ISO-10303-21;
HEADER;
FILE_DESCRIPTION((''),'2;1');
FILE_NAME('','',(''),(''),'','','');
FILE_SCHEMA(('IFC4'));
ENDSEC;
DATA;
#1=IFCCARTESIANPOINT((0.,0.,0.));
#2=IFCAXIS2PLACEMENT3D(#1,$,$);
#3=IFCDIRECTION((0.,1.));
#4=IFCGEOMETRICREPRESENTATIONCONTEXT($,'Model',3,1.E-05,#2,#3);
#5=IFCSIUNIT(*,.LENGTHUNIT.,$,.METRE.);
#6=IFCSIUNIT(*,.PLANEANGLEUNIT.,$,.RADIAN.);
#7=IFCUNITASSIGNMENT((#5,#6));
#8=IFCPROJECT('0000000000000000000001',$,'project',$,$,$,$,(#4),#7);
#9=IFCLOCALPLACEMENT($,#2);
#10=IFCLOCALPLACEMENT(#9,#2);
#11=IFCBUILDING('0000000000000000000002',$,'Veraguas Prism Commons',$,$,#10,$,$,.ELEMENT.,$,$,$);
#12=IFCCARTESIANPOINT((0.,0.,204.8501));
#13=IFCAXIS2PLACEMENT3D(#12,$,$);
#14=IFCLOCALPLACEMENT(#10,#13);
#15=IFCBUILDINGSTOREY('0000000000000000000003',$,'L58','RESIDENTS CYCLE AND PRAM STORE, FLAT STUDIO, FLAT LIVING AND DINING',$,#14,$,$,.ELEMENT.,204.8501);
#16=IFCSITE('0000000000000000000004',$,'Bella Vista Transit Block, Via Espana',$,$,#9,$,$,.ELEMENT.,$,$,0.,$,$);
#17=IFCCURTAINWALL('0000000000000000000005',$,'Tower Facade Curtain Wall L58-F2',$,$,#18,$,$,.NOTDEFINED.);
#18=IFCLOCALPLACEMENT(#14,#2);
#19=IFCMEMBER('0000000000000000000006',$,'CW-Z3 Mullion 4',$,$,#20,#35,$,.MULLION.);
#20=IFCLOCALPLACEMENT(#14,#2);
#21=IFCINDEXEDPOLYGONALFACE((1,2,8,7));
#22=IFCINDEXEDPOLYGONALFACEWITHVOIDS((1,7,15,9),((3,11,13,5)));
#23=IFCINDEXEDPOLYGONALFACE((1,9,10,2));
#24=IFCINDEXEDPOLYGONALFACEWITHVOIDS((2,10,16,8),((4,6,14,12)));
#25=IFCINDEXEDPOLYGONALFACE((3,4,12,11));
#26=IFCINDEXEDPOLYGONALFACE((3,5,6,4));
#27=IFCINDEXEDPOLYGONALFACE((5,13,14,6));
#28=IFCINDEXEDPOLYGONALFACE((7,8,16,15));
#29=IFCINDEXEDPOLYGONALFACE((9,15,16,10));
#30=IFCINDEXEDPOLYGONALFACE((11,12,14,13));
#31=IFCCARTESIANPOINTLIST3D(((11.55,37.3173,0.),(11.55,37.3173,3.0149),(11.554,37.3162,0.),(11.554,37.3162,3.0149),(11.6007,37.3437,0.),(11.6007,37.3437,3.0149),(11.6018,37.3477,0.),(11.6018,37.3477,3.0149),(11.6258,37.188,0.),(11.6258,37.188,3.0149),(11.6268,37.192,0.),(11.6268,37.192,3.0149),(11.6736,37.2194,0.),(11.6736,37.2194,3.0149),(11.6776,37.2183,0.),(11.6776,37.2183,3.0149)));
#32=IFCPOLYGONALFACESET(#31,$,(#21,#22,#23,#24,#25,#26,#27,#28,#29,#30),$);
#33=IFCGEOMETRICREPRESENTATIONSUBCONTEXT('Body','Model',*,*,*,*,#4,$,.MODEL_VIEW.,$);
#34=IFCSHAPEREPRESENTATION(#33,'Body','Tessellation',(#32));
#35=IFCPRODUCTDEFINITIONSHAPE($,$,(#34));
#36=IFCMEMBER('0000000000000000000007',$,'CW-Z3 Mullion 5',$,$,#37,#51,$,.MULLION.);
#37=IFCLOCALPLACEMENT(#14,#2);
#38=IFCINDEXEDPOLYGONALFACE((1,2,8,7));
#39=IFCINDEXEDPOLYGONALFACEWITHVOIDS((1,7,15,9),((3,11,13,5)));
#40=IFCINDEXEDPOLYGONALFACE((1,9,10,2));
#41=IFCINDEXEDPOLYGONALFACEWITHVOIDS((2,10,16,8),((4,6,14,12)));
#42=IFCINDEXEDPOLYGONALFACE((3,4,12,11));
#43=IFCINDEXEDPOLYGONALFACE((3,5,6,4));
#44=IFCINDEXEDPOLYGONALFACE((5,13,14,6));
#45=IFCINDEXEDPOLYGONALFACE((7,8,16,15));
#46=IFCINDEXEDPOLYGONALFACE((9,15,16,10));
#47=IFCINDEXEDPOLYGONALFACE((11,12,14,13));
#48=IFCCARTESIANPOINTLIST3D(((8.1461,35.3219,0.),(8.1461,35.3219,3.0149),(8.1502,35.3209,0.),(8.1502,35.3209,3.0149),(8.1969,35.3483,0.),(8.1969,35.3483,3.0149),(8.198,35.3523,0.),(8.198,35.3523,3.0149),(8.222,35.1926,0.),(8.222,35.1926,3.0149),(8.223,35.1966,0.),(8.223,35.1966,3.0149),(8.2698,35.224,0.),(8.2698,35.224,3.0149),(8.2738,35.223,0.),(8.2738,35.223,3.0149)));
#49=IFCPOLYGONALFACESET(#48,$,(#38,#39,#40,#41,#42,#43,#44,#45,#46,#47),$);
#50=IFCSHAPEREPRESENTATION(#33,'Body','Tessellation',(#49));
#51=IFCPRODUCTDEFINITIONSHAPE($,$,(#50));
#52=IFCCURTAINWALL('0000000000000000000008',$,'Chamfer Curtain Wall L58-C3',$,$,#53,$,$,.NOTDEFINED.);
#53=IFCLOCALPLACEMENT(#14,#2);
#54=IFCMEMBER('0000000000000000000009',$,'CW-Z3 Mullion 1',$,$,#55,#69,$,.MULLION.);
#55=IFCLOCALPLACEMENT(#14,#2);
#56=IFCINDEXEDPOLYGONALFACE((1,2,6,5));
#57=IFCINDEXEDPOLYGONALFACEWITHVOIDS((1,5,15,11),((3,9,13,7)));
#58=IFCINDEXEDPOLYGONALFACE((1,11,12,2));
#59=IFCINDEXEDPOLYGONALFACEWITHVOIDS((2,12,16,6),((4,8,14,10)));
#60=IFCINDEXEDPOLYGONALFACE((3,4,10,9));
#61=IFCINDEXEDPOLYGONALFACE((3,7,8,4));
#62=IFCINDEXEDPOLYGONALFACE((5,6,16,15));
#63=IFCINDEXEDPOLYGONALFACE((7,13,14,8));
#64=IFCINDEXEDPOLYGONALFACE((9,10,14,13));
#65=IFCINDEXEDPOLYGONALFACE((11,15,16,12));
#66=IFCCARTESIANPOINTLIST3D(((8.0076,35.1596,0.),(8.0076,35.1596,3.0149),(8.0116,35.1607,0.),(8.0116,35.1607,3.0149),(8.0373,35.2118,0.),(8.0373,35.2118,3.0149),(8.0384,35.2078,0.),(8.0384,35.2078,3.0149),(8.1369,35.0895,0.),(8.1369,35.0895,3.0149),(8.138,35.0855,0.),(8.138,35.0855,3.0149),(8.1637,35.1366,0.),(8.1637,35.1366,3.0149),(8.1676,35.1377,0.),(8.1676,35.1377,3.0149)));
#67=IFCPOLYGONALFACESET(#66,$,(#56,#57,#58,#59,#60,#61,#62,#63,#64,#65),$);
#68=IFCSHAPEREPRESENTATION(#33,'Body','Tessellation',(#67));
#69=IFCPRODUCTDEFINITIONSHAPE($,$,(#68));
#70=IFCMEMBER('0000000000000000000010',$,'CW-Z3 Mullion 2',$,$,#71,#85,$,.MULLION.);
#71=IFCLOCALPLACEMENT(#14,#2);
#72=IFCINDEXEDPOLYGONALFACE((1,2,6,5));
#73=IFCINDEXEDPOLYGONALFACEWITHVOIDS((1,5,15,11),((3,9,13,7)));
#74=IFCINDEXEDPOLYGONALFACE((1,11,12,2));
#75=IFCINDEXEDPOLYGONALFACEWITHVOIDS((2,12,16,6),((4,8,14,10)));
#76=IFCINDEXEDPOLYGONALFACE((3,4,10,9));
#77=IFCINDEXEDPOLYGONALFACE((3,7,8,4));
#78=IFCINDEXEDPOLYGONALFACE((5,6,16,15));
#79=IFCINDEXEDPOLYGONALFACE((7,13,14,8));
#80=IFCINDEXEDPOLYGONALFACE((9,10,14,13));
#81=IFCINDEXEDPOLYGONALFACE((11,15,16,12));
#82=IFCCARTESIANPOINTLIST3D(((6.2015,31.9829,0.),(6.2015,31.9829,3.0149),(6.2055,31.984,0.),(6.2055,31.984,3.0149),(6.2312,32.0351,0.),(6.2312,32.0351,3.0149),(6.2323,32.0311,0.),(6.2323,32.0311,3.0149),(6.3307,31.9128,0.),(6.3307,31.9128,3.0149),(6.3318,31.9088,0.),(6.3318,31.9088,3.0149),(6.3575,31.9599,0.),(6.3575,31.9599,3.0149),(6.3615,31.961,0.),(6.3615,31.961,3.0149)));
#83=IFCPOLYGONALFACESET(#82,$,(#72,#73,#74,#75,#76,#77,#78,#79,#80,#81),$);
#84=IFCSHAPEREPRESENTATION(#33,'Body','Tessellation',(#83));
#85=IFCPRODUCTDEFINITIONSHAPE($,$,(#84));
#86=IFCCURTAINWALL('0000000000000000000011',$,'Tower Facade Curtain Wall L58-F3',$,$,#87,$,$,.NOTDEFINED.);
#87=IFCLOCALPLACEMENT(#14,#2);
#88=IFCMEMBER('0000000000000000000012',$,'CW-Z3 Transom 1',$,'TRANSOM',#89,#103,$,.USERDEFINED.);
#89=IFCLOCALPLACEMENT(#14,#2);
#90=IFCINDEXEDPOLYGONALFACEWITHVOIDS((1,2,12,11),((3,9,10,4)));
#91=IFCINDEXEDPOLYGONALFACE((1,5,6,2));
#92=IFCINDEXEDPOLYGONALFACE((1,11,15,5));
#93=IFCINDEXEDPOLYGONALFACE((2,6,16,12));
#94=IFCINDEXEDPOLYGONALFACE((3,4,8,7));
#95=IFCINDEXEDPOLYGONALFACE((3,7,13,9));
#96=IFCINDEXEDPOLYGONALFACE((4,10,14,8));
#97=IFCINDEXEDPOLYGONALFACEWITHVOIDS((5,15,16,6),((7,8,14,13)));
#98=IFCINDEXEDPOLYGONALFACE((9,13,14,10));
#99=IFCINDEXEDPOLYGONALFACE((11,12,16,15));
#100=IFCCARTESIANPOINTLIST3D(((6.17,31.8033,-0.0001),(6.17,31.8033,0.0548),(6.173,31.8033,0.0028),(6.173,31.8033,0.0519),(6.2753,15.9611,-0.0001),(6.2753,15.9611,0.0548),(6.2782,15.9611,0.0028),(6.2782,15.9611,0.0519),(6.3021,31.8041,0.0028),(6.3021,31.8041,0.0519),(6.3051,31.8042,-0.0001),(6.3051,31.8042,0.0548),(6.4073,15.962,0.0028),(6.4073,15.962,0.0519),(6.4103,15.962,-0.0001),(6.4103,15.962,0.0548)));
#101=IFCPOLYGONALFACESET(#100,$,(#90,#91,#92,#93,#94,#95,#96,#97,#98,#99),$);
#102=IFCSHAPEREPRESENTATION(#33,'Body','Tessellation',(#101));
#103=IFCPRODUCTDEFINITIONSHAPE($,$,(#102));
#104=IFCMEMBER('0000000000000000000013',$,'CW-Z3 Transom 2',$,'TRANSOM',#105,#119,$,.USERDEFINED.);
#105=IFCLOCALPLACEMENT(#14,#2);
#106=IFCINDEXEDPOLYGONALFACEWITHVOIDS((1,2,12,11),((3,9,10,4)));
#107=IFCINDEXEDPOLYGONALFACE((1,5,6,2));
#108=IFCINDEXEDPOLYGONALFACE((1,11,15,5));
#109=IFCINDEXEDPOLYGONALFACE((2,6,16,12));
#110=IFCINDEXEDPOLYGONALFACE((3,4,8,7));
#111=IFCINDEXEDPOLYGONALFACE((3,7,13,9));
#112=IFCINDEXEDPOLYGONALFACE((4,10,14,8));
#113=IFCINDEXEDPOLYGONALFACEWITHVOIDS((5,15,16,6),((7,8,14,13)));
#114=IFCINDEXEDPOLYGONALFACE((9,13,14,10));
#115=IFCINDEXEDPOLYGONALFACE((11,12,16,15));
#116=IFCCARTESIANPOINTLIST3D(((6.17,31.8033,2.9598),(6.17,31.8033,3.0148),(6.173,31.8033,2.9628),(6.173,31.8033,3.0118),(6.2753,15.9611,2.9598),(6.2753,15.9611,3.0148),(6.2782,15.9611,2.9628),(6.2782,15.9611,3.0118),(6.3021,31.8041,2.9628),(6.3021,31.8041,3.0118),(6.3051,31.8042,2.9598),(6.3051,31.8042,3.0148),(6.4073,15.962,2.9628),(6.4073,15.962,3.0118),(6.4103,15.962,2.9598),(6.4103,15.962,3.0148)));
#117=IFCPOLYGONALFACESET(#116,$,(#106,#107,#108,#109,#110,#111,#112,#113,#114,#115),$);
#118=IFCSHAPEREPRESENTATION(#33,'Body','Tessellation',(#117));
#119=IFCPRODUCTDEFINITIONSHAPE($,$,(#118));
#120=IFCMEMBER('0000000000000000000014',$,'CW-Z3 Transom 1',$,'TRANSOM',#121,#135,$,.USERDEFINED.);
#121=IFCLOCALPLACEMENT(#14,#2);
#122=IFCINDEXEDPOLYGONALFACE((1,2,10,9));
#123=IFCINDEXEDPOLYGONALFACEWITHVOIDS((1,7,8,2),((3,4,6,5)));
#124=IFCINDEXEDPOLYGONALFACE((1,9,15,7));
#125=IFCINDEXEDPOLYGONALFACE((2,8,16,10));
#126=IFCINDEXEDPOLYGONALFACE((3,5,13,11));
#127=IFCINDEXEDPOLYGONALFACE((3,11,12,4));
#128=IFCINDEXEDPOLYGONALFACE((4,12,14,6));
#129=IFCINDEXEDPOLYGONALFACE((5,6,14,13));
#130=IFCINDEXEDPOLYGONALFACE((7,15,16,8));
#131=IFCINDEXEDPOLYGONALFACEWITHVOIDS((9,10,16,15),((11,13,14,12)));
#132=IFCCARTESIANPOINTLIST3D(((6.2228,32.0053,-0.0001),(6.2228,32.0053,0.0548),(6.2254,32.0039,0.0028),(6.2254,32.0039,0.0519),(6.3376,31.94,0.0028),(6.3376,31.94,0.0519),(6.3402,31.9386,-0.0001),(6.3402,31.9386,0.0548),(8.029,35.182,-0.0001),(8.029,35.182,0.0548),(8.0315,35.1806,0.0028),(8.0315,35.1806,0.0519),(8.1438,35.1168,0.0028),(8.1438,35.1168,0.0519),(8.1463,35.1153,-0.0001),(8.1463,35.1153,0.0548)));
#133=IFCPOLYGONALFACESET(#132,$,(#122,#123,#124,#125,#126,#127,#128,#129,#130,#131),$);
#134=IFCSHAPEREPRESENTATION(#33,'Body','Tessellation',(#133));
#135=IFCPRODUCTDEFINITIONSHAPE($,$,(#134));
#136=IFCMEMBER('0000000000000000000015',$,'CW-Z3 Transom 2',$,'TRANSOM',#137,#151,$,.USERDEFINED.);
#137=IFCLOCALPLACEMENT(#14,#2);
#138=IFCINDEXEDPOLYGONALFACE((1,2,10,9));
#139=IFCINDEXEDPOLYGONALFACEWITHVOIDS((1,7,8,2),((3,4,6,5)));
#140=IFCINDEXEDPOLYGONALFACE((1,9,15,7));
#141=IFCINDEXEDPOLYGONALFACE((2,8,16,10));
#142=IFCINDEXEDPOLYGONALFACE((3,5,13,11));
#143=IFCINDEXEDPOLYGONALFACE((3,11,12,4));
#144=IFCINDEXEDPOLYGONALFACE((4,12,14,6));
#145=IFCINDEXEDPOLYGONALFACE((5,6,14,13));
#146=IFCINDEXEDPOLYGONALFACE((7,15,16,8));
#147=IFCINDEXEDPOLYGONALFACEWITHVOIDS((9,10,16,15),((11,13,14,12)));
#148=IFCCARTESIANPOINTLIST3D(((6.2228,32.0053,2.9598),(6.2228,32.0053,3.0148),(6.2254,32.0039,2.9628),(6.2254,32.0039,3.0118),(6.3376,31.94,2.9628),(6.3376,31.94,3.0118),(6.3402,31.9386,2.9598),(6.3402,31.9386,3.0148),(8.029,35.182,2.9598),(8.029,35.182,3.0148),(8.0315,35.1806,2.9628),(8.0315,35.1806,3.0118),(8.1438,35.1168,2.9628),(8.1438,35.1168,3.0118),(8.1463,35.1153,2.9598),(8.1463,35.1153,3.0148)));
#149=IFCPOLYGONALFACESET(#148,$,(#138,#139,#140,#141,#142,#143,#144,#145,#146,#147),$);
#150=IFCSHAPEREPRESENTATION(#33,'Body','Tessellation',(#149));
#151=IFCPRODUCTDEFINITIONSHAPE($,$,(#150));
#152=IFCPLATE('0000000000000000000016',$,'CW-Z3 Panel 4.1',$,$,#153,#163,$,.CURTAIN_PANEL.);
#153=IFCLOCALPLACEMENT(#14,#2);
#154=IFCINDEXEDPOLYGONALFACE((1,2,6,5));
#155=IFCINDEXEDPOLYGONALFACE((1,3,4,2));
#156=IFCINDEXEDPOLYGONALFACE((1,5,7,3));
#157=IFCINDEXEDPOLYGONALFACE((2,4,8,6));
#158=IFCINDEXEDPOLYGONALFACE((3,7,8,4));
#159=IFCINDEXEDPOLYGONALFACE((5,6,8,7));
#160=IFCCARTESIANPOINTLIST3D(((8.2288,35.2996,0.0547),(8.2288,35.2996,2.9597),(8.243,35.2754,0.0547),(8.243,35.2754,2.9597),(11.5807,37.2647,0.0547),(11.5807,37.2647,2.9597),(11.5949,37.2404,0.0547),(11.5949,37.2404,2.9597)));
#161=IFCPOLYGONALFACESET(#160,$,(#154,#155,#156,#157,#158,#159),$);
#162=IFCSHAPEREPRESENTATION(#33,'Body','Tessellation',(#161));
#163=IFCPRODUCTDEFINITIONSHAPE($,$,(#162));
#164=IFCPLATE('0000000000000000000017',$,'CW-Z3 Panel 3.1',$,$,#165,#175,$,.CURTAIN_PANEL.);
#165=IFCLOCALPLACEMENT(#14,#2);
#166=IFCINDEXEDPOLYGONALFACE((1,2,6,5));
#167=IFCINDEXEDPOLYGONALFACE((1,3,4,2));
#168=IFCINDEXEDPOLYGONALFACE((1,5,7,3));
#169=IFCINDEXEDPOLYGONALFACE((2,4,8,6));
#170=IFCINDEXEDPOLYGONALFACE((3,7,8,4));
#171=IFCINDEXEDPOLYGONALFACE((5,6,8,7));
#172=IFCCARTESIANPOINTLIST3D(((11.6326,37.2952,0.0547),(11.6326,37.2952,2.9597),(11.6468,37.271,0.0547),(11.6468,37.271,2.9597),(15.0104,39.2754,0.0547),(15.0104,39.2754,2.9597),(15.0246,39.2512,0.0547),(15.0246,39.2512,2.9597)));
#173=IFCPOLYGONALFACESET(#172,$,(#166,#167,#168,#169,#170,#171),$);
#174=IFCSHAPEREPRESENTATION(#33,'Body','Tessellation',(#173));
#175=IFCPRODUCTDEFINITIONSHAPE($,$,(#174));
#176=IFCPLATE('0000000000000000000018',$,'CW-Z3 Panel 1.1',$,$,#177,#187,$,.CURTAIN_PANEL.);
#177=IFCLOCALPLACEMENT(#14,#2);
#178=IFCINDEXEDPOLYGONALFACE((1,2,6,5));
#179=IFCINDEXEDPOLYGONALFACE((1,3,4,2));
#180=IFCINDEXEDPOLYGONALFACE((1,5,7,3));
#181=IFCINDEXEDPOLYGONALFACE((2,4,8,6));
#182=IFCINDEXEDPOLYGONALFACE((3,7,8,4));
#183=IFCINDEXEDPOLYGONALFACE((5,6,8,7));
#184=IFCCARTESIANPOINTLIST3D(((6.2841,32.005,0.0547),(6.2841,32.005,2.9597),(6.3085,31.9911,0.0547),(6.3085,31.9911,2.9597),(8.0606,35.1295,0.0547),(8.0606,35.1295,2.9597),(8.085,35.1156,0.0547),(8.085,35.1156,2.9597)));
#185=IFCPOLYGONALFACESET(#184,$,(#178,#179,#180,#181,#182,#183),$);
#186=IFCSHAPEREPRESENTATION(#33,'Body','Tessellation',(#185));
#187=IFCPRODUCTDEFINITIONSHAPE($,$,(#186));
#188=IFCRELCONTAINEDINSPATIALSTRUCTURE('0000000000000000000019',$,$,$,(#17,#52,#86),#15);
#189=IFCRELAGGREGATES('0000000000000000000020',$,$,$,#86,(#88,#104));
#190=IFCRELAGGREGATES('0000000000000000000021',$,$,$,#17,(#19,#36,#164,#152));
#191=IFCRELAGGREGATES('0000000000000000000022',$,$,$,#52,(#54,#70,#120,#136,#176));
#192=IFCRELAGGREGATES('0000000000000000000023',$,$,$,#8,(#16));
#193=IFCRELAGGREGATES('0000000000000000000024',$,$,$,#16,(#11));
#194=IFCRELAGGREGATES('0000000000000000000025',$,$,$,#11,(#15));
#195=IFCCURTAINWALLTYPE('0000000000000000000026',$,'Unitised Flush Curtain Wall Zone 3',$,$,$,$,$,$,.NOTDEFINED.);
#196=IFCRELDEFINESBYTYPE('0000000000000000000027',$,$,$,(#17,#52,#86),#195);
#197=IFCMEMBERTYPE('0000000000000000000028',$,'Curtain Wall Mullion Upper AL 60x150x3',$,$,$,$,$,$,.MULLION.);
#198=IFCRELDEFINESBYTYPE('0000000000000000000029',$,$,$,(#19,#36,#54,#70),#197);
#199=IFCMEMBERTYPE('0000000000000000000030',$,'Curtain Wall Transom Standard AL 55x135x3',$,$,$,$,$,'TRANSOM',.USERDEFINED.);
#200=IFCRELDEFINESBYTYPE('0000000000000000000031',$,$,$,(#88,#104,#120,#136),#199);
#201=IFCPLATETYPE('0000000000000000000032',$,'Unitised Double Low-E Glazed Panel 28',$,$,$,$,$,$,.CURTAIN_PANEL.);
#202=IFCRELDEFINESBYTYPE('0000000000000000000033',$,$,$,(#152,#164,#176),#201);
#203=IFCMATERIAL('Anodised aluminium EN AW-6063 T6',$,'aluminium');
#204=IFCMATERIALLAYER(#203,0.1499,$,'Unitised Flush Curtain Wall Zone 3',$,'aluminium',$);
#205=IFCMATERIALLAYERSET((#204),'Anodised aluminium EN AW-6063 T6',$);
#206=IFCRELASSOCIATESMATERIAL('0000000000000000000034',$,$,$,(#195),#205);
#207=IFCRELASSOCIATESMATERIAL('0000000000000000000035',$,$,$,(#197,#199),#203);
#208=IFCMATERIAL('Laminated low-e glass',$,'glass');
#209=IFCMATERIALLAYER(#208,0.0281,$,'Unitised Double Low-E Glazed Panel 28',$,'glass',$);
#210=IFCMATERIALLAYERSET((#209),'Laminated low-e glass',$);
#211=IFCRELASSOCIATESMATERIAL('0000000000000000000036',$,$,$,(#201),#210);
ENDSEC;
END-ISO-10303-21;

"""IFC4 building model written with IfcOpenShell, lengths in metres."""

from ifc_helpers import new_model, si_unit, direction, frame, origin, origin_2d, place, context, subcontext, project, spatial, rectangle, hollow_rectangle, extrude, source, transform, mapped, material, layer, layer_set, material_profile, profile_set, type_object, element, aggregate, save


model = new_model("IFC4")

# Units and contexts
model_context = context("Model", 3, precision=1e-05, world=origin(), true_north=direction((0.0, 1.0)))
body_context = subcontext(model_context, "Body", "Model", "MODEL_VIEW")
ifc_project = project(units=[si_unit("LENGTHUNIT", "METRE"), si_unit("PLANEANGLEUNIT", "RADIAN")], contexts=[model_context])

# Site, building, storey
site_placement = place(None, origin())
site = spatial("IfcSite", under=ifc_project, at=site_placement, Name="Bella Vista Transit Block, Via Espana", CompositionType="ELEMENT", RefElevation=0.0)
building_placement = place(site_placement, origin())
building = spatial("IfcBuilding", under=site, at=building_placement, Name="Veraguas Prism Commons", CompositionType="ELEMENT")
storey_placement = place(building_placement, frame((0.0, 0.0, 204.8501)))
storey = spatial("IfcBuildingStorey", under=building, at=storey_placement, Name="L58", Description="RESIDENTS CYCLE AND PRAM STORE, FLAT STUDIO, FLAT LIVING AND DINING", CompositionType="ELEMENT", Elevation=204.8501)

# Curtain walls, members
ifc_material_1 = material(Name="Anodised aluminium EN AW-6063 T6", Category="aluminium")
ifc_layer_1 = layer(ifc_material_1, 0.1499, Name="Unitised Flush Curtain Wall Zone 3", Category="aluminium")
ifc_layer_set_1 = layer_set([ifc_layer_1], Name="Anodised aluminium EN AW-6063 T6")
curtain_wall_type = type_object("IfcCurtainWallType", Name="Unitised Flush Curtain Wall Zone 3", PredefinedType="NOTDEFINED", material=ifc_layer_set_1)
curtain_wall_1_placement = place(storey_placement, origin())
curtain_wall_1 = element("IfcCurtainWall", 1, at=curtain_wall_1_placement, inside=storey, type_object=curtain_wall_type, Name="Tower Facade Curtain Wall L58-F2", PredefinedType="NOTDEFINED")
ifc_material_profile_1 = material_profile(ifc_material_1, hollow_rectangle(XDim=0.0601, YDim=0.1499, WallThickness=0.0029, at=origin_2d()), Name="AL60X150X3")
ifc_profile_set_1 = profile_set([ifc_material_profile_1], Name="Anodised aluminium EN AW-6063 T6")
member_type_1 = type_object("IfcMemberType", Name="Curtain Wall Mullion Upper AL 60x150x3", PredefinedType="MULLION", material=ifc_profile_set_1)
shared_shape_1 = source(origin(), body_context, "Body", "SweptSolid", [
    extrude(hollow_rectangle(XDim=0.0601, YDim=0.1499, WallThickness=0.0029, at=origin_2d()), origin(), (0.0, 0.0, 1.0), 3.0149),
])
member_1_placement = place(storey_placement, frame((11.6138, 37.2678, 0.0), z_axis=(0.0, 0.0, 1.0), x_axis=(-0.862686, -0.50574, 0.0)))
member_1 = element("IfcMember", 2, at=member_1_placement, type_object=member_type_1, Name="CW-Z3 Mullion 4", PredefinedType="MULLION", context=body_context, shape_type="MappedRepresentation", body=[
    mapped(shared_shape_1, transform((0.0, 0.0, 0.0), scale=1.0)),
])
member_2_placement = place(storey_placement, frame((8.21, 35.2725, 0.0), z_axis=(0.0, 0.0, 1.0), x_axis=(-0.862686, -0.50574, 0.0)))
member_2 = element("IfcMember", 3, at=member_2_placement, type_object=member_type_1, Name="CW-Z3 Mullion 5", PredefinedType="MULLION", context=body_context, shape_type="MappedRepresentation", body=[
    mapped(shared_shape_1, transform((0.0, 0.0, 0.0), scale=1.0)),
])
curtain_wall_2_placement = place(storey_placement, origin())
curtain_wall_2 = element("IfcCurtainWall", 4, at=curtain_wall_2_placement, inside=storey, type_object=curtain_wall_type, Name="Chamfer Curtain Wall L58-C3", PredefinedType="NOTDEFINED")
member_3_placement = place(storey_placement, frame((8.0876, 35.1487, 0.0), z_axis=(0.0, 0.0, 1.0), x_axis=(-0.494253, -0.869318, 0.0)))
member_3 = element("IfcMember", 5, at=member_3_placement, type_object=member_type_1, Name="CW-Z3 Mullion 1", PredefinedType="MULLION", context=body_context, shape_type="MappedRepresentation", body=[
    mapped(shared_shape_1, transform((0.0, 0.0, 0.0), scale=1.0)),
])
member_4_placement = place(storey_placement, frame((6.2815, 31.9719, 0.0), z_axis=(0.0, 0.0, 1.0), x_axis=(-0.494253, -0.869318, 0.0)))
member_4 = element("IfcMember", 6, at=member_4_placement, type_object=member_type_1, Name="CW-Z3 Mullion 2", PredefinedType="MULLION", context=body_context, shape_type="MappedRepresentation", body=[
    mapped(shared_shape_1, transform((0.0, 0.0, 0.0), scale=1.0)),
])
curtain_wall_3_placement = place(storey_placement, origin())
curtain_wall_3 = element("IfcCurtainWall", 7, at=curtain_wall_3_placement, inside=storey, type_object=curtain_wall_type, Name="Tower Facade Curtain Wall L58-F3", PredefinedType="NOTDEFINED")
ifc_material_profile_2 = material_profile(ifc_material_1, hollow_rectangle(XDim=0.0549, YDim=0.135, WallThickness=0.0029, at=origin_2d()), Name="AL55X135X3")
ifc_profile_set_2 = profile_set([ifc_material_profile_2], Name="Anodised aluminium EN AW-6063 T6")
member_type_2 = type_object("IfcMemberType", Name="Curtain Wall Transom Standard AL 55x135x3", ElementType="TRANSOM", PredefinedType="USERDEFINED", material=ifc_profile_set_2)
shared_shape_2 = source(origin(), body_context, "Body", "SweptSolid", [
    extrude(hollow_rectangle(XDim=0.0549, YDim=0.135, WallThickness=0.0029, at=origin_2d()), origin(), (0.0, 0.0, 1.0), 15.8425),
])
member_5_placement = place(storey_placement, frame((6.2375, 31.8037, 0.0273), z_axis=(0.006642, -0.999978, 0.0), x_axis=(0.0, 0.0, 1.0)))
member_5 = element("IfcMember", 8, at=member_5_placement, type_object=member_type_2, Name="CW-Z3 Transom 1", ObjectType="TRANSOM", PredefinedType="USERDEFINED", context=body_context, shape_type="MappedRepresentation", body=[
    mapped(shared_shape_2, transform((0.0, 0.0, 0.0), scale=1.0)),
])
member_6_placement = place(storey_placement, frame((6.2375, 31.8037, 2.9873), z_axis=(0.006642, -0.999978, 0.0), x_axis=(0.0, 0.0, 1.0)))
member_6 = element("IfcMember", 9, at=member_6_placement, type_object=member_type_2, Name="CW-Z3 Transom 2", ObjectType="TRANSOM", PredefinedType="USERDEFINED", context=body_context, shape_type="MappedRepresentation", body=[
    mapped(shared_shape_2, transform((0.0, 0.0, 0.0), scale=1.0)),
])
aggregate(curtain_wall_3, [member_5, member_6])

# Members
shared_shape_3 = source(origin(), body_context, "Body", "SweptSolid", [
    extrude(hollow_rectangle(XDim=0.0549, YDim=0.135, WallThickness=0.0029, at=origin_2d()), origin(), (0.0, 0.0, 1.0), 3.6543),
])
member_7_placement = place(storey_placement, frame((8.0876, 35.1487, 0.0273), z_axis=(-0.494253, -0.869318, 0.0), x_axis=(0.0, 0.0, 1.0)))
member_7 = element("IfcMember", 10, at=member_7_placement, type_object=member_type_2, Name="CW-Z3 Transom 1", ObjectType="TRANSOM", PredefinedType="USERDEFINED", context=body_context, shape_type="MappedRepresentation", body=[
    mapped(shared_shape_3, transform((0.0, 0.0, 0.0), scale=1.0)),
])
member_8_placement = place(storey_placement, frame((8.0876, 35.1487, 2.9873), z_axis=(-0.494253, -0.869318, 0.0), x_axis=(0.0, 0.0, 1.0)))
member_8 = element("IfcMember", 11, at=member_8_placement, type_object=member_type_2, Name="CW-Z3 Transom 2", ObjectType="TRANSOM", PredefinedType="USERDEFINED", context=body_context, shape_type="MappedRepresentation", body=[
    mapped(shared_shape_3, transform((0.0, 0.0, 0.0), scale=1.0)),
])

# Plates
ifc_material_2 = material(Name="Laminated low-e glass", Category="glass")
ifc_layer_2 = layer(ifc_material_2, 0.0281, Name="Unitised Double Low-E Glazed Panel 28", Category="glass")
ifc_layer_set_2 = layer_set([ifc_layer_2], Name="Laminated low-e glass")
plate_type = type_object("IfcPlateType", Name="Unitised Double Low-E Glazed Panel 28", PredefinedType="CURTAIN_PANEL", material=ifc_layer_set_2)
shared_shape_4 = source(origin(), body_context, "Body", "SweptSolid", [
    extrude(rectangle(XDim=3.8855, YDim=0.0281, at=origin_2d()), origin(), (0.0, 0.0, 1.0), 2.905),
])
plate_1_placement = place(storey_placement, frame((9.9119, 36.27, 0.0547), z_axis=(0.0, 0.0, 1.0), x_axis=(-0.862686, -0.50574, 0.0)))
plate_1 = element("IfcPlate", 12, at=plate_1_placement, type_object=plate_type, Name="CW-Z3 Panel 4.1", PredefinedType="CURTAIN_PANEL", context=body_context, shape_type="MappedRepresentation", body=[
    mapped(shared_shape_4, transform((0.0, 0.0, 0.0), scale=1.0)),
])
shared_shape_5 = source(origin(), body_context, "Body", "SweptSolid", [
    extrude(rectangle(XDim=3.9155, YDim=0.0281, at=origin_2d()), origin(), (0.0, 0.0, 1.0), 2.905),
])
plate_2_placement = place(storey_placement, frame((13.3286, 38.2732, 0.0547), z_axis=(0.0, 0.0, 1.0), x_axis=(-0.862686, -0.50574, 0.0)))
plate_2 = element("IfcPlate", 13, at=plate_2_placement, type_object=plate_type, Name="CW-Z3 Panel 3.1", PredefinedType="CURTAIN_PANEL", context=body_context, shape_type="MappedRepresentation", body=[
    mapped(shared_shape_5, transform((0.0, 0.0, 0.0), scale=1.0)),
])
aggregate(curtain_wall_1, [member_1, member_2, plate_2, plate_1])
shared_shape_6 = source(origin(), body_context, "Body", "SweptSolid", [
    extrude(rectangle(XDim=3.5942, YDim=0.0281, at=origin_2d()), origin(), (0.0, 0.0, 1.0), 2.905),
])
plate_3_placement = place(storey_placement, frame((7.1846, 33.5603, 0.0547), z_axis=(0.0, 0.0, 1.0), x_axis=(-0.494253, -0.869318, 0.0)))
plate_3 = element("IfcPlate", 14, at=plate_3_placement, type_object=plate_type, Name="CW-Z3 Panel 1.1", PredefinedType="CURTAIN_PANEL", context=body_context, shape_type="MappedRepresentation", body=[
    mapped(shared_shape_6, transform((0.0, 0.0, 0.0), scale=1.0)),
])
aggregate(curtain_wall_2, [member_3, member_4, member_7, member_8, plate_3])

save(model, "model.ifc")
